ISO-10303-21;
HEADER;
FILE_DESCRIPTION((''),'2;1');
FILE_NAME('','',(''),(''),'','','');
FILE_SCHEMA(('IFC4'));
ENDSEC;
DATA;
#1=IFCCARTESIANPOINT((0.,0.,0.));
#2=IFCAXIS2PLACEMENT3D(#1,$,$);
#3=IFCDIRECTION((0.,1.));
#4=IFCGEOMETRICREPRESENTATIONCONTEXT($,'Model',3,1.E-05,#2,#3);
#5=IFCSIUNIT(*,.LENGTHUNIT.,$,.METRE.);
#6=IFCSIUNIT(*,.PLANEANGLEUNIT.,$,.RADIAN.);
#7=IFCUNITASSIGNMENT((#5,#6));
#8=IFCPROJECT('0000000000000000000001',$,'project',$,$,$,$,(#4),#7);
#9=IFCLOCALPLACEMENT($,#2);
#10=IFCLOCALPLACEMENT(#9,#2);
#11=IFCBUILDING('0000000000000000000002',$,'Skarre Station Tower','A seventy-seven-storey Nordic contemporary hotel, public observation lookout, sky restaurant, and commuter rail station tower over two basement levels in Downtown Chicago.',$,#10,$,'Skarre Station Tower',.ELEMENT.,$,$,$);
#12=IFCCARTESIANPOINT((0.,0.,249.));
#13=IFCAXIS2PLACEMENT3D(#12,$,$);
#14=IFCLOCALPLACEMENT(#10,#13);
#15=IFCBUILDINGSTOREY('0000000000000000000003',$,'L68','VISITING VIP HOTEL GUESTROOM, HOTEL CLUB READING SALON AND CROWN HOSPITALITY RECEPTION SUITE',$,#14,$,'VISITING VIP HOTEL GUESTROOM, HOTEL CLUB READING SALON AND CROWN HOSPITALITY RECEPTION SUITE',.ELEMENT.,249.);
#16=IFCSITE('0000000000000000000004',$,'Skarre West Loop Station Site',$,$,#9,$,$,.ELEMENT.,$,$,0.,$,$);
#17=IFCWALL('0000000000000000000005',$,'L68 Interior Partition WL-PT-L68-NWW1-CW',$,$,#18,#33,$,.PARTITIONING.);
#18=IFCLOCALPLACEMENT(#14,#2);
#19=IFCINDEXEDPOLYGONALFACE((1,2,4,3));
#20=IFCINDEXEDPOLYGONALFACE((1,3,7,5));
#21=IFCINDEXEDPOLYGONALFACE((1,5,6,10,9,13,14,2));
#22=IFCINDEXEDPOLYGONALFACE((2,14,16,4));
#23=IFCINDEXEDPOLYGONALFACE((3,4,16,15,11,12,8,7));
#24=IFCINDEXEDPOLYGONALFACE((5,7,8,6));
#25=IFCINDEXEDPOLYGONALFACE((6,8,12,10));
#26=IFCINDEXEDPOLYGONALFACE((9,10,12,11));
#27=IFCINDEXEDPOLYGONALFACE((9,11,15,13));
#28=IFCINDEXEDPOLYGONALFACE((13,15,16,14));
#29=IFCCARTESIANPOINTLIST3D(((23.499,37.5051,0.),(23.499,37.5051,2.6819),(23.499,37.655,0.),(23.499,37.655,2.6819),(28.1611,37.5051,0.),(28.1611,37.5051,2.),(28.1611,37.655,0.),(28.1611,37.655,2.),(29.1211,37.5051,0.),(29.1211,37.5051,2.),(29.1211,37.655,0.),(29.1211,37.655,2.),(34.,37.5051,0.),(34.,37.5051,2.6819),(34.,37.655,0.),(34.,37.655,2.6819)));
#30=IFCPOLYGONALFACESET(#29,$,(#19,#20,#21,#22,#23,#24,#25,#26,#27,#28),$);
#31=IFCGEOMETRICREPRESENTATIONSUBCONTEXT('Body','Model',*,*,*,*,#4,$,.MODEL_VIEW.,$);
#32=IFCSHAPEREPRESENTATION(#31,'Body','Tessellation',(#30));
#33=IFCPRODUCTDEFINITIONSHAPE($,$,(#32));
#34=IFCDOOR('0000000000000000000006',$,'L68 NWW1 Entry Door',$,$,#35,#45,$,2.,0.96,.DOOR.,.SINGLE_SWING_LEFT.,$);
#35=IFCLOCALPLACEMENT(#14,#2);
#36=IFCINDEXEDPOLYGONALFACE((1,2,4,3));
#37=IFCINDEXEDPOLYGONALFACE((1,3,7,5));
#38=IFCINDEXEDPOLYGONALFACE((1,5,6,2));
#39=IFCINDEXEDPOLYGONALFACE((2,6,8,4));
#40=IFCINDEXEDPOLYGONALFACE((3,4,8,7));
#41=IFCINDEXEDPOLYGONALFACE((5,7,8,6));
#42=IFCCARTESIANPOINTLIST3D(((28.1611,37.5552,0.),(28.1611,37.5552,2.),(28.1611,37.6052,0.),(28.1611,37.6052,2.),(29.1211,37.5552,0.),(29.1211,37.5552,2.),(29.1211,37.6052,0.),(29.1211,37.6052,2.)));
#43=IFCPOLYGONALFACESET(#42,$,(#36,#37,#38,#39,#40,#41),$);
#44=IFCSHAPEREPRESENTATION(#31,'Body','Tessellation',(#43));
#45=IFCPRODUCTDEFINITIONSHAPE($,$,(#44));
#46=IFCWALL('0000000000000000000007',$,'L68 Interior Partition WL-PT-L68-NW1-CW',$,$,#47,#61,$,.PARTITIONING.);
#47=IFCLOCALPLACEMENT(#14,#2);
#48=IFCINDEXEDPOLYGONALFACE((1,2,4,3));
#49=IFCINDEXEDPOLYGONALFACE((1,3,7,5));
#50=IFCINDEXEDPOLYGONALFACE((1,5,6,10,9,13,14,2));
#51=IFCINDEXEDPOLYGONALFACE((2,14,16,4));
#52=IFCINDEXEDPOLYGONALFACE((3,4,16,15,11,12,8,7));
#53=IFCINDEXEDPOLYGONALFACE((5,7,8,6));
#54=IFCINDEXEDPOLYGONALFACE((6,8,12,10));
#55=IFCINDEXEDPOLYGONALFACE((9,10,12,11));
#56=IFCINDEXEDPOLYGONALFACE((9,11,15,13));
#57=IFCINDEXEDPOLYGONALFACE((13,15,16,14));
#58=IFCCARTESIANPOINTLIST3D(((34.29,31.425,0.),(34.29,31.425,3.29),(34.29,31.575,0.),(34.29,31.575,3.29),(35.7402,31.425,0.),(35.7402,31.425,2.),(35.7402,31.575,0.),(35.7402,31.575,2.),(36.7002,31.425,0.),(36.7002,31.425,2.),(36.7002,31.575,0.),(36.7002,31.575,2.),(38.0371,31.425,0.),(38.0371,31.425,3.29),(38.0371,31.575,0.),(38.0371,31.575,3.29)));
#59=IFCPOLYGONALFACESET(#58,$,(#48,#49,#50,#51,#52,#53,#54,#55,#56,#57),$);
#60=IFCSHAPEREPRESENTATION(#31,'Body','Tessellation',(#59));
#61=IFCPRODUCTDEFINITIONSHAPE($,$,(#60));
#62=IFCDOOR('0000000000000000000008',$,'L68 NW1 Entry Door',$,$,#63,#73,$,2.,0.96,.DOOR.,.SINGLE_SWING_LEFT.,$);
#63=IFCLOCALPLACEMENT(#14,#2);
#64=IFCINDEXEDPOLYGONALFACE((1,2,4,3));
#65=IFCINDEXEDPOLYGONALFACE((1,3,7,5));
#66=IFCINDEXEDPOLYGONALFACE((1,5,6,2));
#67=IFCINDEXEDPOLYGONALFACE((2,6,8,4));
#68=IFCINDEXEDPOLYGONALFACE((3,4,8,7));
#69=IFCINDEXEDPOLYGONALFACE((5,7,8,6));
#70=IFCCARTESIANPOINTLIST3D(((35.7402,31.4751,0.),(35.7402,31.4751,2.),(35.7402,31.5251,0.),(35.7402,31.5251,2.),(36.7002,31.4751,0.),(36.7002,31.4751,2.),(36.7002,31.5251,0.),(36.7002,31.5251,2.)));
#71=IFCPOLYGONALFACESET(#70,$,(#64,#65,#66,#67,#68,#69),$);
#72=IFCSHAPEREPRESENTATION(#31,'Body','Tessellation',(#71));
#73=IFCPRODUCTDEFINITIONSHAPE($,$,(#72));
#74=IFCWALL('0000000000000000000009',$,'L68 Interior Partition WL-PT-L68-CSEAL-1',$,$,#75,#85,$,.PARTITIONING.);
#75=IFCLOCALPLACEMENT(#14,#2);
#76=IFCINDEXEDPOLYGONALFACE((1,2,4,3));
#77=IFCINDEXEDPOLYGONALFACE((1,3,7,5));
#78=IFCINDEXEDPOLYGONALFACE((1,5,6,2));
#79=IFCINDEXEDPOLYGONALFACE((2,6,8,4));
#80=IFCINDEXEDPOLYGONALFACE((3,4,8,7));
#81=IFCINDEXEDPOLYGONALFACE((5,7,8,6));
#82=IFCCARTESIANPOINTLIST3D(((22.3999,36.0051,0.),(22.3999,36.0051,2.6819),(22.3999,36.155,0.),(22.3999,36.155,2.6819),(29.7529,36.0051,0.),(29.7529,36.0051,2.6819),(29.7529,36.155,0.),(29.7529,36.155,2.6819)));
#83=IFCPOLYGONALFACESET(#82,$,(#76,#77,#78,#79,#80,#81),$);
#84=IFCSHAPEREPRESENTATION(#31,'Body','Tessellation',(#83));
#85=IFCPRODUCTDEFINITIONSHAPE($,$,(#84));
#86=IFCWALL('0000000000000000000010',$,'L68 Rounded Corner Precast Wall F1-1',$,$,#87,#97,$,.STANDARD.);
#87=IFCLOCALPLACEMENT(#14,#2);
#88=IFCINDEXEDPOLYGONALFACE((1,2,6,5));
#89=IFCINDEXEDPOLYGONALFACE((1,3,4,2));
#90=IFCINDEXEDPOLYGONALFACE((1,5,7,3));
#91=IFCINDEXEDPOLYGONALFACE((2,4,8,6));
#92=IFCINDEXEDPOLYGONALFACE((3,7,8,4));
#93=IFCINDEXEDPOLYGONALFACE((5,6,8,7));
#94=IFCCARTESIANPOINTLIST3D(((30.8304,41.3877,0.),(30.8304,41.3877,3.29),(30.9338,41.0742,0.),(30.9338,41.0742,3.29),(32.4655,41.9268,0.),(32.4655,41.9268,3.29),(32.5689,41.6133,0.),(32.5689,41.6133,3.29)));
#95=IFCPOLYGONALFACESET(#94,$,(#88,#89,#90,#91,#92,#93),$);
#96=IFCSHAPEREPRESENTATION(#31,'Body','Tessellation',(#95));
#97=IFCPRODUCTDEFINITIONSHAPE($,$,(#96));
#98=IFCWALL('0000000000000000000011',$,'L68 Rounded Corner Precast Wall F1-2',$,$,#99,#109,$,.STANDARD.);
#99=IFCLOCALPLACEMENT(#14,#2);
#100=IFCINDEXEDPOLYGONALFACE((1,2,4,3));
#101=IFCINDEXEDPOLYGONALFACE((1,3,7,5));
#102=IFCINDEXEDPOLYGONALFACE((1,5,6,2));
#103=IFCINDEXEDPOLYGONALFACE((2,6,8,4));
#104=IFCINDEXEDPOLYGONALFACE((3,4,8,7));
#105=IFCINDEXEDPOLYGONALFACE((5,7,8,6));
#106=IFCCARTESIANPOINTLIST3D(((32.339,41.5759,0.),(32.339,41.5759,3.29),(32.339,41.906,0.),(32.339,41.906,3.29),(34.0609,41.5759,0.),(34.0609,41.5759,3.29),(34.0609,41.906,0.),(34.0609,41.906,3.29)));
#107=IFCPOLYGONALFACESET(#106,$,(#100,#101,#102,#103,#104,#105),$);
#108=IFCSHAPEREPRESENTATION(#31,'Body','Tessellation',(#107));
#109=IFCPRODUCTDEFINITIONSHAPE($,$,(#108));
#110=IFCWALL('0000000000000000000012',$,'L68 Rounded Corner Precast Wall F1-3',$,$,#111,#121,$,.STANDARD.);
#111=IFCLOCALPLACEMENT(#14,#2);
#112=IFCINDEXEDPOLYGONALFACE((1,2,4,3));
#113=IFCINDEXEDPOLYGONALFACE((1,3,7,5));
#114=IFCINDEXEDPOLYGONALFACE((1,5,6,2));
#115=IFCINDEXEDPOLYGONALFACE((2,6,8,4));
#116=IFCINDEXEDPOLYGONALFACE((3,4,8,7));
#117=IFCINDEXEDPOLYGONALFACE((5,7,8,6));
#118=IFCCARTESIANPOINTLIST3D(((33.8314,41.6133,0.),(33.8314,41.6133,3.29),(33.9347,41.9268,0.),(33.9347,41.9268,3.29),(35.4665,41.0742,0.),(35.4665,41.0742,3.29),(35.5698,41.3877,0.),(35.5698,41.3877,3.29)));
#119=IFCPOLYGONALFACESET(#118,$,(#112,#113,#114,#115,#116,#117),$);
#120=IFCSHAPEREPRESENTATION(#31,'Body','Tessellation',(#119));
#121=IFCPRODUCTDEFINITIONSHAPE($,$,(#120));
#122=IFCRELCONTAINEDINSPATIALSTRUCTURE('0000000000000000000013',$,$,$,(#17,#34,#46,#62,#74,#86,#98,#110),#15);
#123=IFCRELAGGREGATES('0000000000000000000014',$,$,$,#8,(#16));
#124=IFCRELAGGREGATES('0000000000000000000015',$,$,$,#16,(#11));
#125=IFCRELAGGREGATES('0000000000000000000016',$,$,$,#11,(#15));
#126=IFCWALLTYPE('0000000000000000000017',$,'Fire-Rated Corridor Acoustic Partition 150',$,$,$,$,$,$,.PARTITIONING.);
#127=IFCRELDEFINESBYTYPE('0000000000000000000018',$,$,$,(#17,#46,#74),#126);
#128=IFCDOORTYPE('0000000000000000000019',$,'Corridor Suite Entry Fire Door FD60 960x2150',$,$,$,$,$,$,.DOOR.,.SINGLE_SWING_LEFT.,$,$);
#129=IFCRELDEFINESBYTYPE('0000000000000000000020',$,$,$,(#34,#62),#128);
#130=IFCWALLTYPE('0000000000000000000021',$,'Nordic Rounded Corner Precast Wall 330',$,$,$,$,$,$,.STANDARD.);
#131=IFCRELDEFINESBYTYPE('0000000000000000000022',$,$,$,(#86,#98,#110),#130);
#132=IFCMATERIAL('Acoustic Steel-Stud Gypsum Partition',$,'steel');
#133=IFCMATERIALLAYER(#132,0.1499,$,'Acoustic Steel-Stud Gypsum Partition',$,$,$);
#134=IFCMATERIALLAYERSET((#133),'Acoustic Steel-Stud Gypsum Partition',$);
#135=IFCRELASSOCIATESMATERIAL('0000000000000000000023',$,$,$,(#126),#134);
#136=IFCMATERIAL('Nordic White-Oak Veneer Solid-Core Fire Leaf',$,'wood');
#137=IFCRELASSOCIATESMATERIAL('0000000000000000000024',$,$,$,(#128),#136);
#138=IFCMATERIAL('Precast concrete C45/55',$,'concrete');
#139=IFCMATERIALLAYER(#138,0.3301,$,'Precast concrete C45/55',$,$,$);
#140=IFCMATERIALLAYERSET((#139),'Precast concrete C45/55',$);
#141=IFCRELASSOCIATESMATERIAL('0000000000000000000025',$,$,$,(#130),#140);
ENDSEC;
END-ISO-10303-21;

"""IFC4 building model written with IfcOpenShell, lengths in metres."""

from ifc_helpers import new_model, si_unit, direction, frame, frame_2d, origin, place, context, subcontext, project, spatial, rectangle, extrude, material, layer, layer_set, type_object, element, fill, save


model = new_model("IFC4")

# Units and contexts
model_context = context("Model", 3, precision=1e-05, world=origin(), true_north=direction((0.0, 1.0)))
body_context = subcontext(model_context, "Body", "Model", "MODEL_VIEW")
ifc_project = project(units=[si_unit("LENGTHUNIT", "METRE"), si_unit("PLANEANGLEUNIT", "RADIAN")], contexts=[model_context])

# Site, building, storey
site_placement = place(None, origin())
site = spatial("IfcSite", under=ifc_project, at=site_placement, Name="Skarre West Loop Station Site", CompositionType="ELEMENT", RefElevation=0.0)
building_placement = place(site_placement, origin())
building = spatial("IfcBuilding", under=site, at=building_placement, Name="Skarre Station Tower", Description="A seventy-seven-storey Nordic contemporary hotel, public observation lookout, sky restaurant, and commuter rail station tower over two basement levels in Downtown Chicago.", LongName="Skarre Station Tower", CompositionType="ELEMENT")
storey_placement = place(building_placement, frame((0.0, 0.0, 249.0)))
storey = spatial("IfcBuildingStorey", under=building, at=storey_placement, Name="L68", Description="VISITING VIP HOTEL GUESTROOM, HOTEL CLUB READING SALON AND CROWN HOSPITALITY RECEPTION SUITE", LongName="VISITING VIP HOTEL GUESTROOM, HOTEL CLUB READING SALON AND CROWN HOSPITALITY RECEPTION SUITE", CompositionType="ELEMENT", Elevation=249.0)

# Walls, openings, doors
ifc_material_1 = material(Name="Acoustic Steel-Stud Gypsum Partition", Category="steel")
ifc_layer_1 = layer(ifc_material_1, 0.1499, Name="Acoustic Steel-Stud Gypsum Partition")
ifc_layer_set_1 = layer_set([ifc_layer_1], Name="Acoustic Steel-Stud Gypsum Partition")
wall_type_1 = type_object("IfcWallType", Name="Fire-Rated Corridor Acoustic Partition 150", PredefinedType="PARTITIONING", material=ifc_layer_set_1)
wall_1_placement = place(storey_placement, frame((34.0, 37.5801, 0.0), z_axis=(0.0, 0.0, 1.0), x_axis=(-1.0, 0.0, 0.0)))
wall_1 = element("IfcWall", 1, at=wall_1_placement, inside=storey, type_object=wall_type_1, Name="L68 Interior Partition WL-PT-L68-NWW1-CW", PredefinedType="PARTITIONING", context=body_context, shape_type="SweptSolid", body=[
    extrude(rectangle(XDim=10.501, YDim=0.1499, at=frame_2d((5.2505, 0.0))), origin(), (0.0, 0.0, 1.0), 2.6819),
])
opening_1_placement = place(wall_1_placement, frame((4.8789, 0.0, 0.0)))
opening_1 = element("IfcOpeningElement", 2, at=opening_1_placement, cuts=wall_1, PredefinedType="OPENING", context=body_context, shape_type="SweptSolid", body=[
    extrude(rectangle(XDim=0.96, YDim=2.0, at=frame_2d((0.48, 1.0))), frame((0.0, 0.085, 0.0), z_axis=(0.0, -1.0, 0.0), x_axis=(1.0, 0.0, 0.0)), (0.0, 0.0, 1.0), 0.1699),
])
ifc_material_2 = material(Name="Nordic White-Oak Veneer Solid-Core Fire Leaf", Category="wood")
door_type = type_object("IfcDoorType", Name="Corridor Suite Entry Fire Door FD60 960x2150", OperationType="SINGLE_SWING_LEFT", PredefinedType="DOOR", material=ifc_material_2)
door_1_placement = place(opening_1_placement, origin())
door_1 = element("IfcDoor", 3, at=door_1_placement, inside=storey, type_object=door_type, Name="L68 NWW1 Entry Door", OperationType="SINGLE_SWING_LEFT", OverallHeight=2.0, OverallWidth=0.96, PredefinedType="DOOR", context=body_context, shape_type="SweptSolid", body=[
    extrude(rectangle(XDim=0.96, YDim=2.0, at=frame_2d((0.48, 1.0))), frame((0.0, 0.0249, 0.0), z_axis=(0.0, -1.0, 0.0), x_axis=(1.0, 0.0, 0.0)), (0.0, 0.0, 1.0), 0.05),
])
fill(opening_1, door_1)
wall_2_placement = place(storey_placement, frame((38.0371, 31.5, 0.0), z_axis=(0.0, 0.0, 1.0), x_axis=(-1.0, 0.0, 0.0)))
wall_2 = element("IfcWall", 4, at=wall_2_placement, inside=storey, type_object=wall_type_1, Name="L68 Interior Partition WL-PT-L68-NW1-CW", PredefinedType="PARTITIONING", context=body_context, shape_type="SweptSolid", body=[
    extrude(rectangle(XDim=3.7471, YDim=0.1499, at=frame_2d((1.8735, 0.0))), origin(), (0.0, 0.0, 1.0), 3.29),
])
opening_2_placement = place(wall_2_placement, frame((1.3369, 0.0, 0.0)))
opening_2 = element("IfcOpeningElement", 5, at=opening_2_placement, cuts=wall_2, PredefinedType="OPENING", context=body_context, shape_type="SweptSolid", body=[
    extrude(rectangle(XDim=0.96, YDim=2.0, at=frame_2d((0.48, 1.0))), frame((0.0, 0.085, 0.0), z_axis=(0.0, -1.0, 0.0), x_axis=(1.0, 0.0, 0.0)), (0.0, 0.0, 1.0), 0.1699),
])
door_2_placement = place(opening_2_placement, origin())
door_2 = element("IfcDoor", 6, at=door_2_placement, inside=storey, type_object=door_type, Name="L68 NW1 Entry Door", OperationType="SINGLE_SWING_LEFT", OverallHeight=2.0, OverallWidth=0.96, PredefinedType="DOOR", context=body_context, shape_type="SweptSolid", body=[
    extrude(rectangle(XDim=0.96, YDim=2.0, at=frame_2d((0.48, 1.0))), frame((0.0, 0.0249, 0.0), z_axis=(0.0, -1.0, 0.0), x_axis=(1.0, 0.0, 0.0)), (0.0, 0.0, 1.0), 0.05),
])
fill(opening_2, door_2)

# Walls
wall_3_placement = place(storey_placement, frame((29.7529, 36.0801, 0.0), z_axis=(0.0, 0.0, 1.0), x_axis=(-1.0, 0.0, 0.0)))
element("IfcWall", 7, at=wall_3_placement, inside=storey, type_object=wall_type_1, Name="L68 Interior Partition WL-PT-L68-CSEAL-1", PredefinedType="PARTITIONING", context=body_context, shape_type="SweptSolid", body=[
    extrude(rectangle(XDim=7.353, YDim=0.1499, at=frame_2d((3.6765, 0.0))), origin(), (0.0, 0.0, 1.0), 2.6819),
])
ifc_material_3 = material(Name="Precast concrete C45/55", Category="concrete")
ifc_layer_2 = layer(ifc_material_3, 0.3301, Name="Precast concrete C45/55")
ifc_layer_set_2 = layer_set([ifc_layer_2], Name="Precast concrete C45/55")
wall_type_2 = type_object("IfcWallType", Name="Nordic Rounded Corner Precast Wall 330", PredefinedType="STANDARD", material=ifc_layer_set_2)
wall_4_placement = place(storey_placement, frame((30.8821, 41.231, 0.0), z_axis=(0.0, 0.0, 1.0), x_axis=(0.949713, 0.31312, 0.0)))
element("IfcWall", 8, at=wall_4_placement, inside=storey, type_object=wall_type_2, Name="L68 Rounded Corner Precast Wall F1-1", PredefinedType="STANDARD", context=body_context, shape_type="SweptSolid", body=[
    extrude(rectangle(XDim=1.7217, YDim=0.3301, at=frame_2d((0.8608, 0.0))), origin(), (0.0, 0.0, 1.0), 3.29),
])
wall_5_placement = place(storey_placement, frame((32.3391, 41.741, 0.0), z_axis=(0.0, 0.0, 1.0), x_axis=(1.0, 0.0, 0.0)))
element("IfcWall", 9, at=wall_5_placement, inside=storey, type_object=wall_type_2, Name="L68 Rounded Corner Precast Wall F1-2", PredefinedType="STANDARD", context=body_context, shape_type="SweptSolid", body=[
    extrude(rectangle(XDim=1.7219, YDim=0.3301, at=frame_2d((0.8608, 0.0))), origin(), (0.0, 0.0, 1.0), 3.29),
])
wall_6_placement = place(storey_placement, frame((33.8831, 41.77, 0.0), z_axis=(0.0, 0.0, 1.0), x_axis=(0.949713, -0.31312, 0.0)))
element("IfcWall", 10, at=wall_6_placement, inside=storey, type_object=wall_type_2, Name="L68 Rounded Corner Precast Wall F1-3", PredefinedType="STANDARD", context=body_context, shape_type="SweptSolid", body=[
    extrude(rectangle(XDim=1.7217, YDim=0.3301, at=frame_2d((0.8608, 0.0))), origin(), (0.0, 0.0, 1.0), 3.29),
])

save(model, "model.ifc")
